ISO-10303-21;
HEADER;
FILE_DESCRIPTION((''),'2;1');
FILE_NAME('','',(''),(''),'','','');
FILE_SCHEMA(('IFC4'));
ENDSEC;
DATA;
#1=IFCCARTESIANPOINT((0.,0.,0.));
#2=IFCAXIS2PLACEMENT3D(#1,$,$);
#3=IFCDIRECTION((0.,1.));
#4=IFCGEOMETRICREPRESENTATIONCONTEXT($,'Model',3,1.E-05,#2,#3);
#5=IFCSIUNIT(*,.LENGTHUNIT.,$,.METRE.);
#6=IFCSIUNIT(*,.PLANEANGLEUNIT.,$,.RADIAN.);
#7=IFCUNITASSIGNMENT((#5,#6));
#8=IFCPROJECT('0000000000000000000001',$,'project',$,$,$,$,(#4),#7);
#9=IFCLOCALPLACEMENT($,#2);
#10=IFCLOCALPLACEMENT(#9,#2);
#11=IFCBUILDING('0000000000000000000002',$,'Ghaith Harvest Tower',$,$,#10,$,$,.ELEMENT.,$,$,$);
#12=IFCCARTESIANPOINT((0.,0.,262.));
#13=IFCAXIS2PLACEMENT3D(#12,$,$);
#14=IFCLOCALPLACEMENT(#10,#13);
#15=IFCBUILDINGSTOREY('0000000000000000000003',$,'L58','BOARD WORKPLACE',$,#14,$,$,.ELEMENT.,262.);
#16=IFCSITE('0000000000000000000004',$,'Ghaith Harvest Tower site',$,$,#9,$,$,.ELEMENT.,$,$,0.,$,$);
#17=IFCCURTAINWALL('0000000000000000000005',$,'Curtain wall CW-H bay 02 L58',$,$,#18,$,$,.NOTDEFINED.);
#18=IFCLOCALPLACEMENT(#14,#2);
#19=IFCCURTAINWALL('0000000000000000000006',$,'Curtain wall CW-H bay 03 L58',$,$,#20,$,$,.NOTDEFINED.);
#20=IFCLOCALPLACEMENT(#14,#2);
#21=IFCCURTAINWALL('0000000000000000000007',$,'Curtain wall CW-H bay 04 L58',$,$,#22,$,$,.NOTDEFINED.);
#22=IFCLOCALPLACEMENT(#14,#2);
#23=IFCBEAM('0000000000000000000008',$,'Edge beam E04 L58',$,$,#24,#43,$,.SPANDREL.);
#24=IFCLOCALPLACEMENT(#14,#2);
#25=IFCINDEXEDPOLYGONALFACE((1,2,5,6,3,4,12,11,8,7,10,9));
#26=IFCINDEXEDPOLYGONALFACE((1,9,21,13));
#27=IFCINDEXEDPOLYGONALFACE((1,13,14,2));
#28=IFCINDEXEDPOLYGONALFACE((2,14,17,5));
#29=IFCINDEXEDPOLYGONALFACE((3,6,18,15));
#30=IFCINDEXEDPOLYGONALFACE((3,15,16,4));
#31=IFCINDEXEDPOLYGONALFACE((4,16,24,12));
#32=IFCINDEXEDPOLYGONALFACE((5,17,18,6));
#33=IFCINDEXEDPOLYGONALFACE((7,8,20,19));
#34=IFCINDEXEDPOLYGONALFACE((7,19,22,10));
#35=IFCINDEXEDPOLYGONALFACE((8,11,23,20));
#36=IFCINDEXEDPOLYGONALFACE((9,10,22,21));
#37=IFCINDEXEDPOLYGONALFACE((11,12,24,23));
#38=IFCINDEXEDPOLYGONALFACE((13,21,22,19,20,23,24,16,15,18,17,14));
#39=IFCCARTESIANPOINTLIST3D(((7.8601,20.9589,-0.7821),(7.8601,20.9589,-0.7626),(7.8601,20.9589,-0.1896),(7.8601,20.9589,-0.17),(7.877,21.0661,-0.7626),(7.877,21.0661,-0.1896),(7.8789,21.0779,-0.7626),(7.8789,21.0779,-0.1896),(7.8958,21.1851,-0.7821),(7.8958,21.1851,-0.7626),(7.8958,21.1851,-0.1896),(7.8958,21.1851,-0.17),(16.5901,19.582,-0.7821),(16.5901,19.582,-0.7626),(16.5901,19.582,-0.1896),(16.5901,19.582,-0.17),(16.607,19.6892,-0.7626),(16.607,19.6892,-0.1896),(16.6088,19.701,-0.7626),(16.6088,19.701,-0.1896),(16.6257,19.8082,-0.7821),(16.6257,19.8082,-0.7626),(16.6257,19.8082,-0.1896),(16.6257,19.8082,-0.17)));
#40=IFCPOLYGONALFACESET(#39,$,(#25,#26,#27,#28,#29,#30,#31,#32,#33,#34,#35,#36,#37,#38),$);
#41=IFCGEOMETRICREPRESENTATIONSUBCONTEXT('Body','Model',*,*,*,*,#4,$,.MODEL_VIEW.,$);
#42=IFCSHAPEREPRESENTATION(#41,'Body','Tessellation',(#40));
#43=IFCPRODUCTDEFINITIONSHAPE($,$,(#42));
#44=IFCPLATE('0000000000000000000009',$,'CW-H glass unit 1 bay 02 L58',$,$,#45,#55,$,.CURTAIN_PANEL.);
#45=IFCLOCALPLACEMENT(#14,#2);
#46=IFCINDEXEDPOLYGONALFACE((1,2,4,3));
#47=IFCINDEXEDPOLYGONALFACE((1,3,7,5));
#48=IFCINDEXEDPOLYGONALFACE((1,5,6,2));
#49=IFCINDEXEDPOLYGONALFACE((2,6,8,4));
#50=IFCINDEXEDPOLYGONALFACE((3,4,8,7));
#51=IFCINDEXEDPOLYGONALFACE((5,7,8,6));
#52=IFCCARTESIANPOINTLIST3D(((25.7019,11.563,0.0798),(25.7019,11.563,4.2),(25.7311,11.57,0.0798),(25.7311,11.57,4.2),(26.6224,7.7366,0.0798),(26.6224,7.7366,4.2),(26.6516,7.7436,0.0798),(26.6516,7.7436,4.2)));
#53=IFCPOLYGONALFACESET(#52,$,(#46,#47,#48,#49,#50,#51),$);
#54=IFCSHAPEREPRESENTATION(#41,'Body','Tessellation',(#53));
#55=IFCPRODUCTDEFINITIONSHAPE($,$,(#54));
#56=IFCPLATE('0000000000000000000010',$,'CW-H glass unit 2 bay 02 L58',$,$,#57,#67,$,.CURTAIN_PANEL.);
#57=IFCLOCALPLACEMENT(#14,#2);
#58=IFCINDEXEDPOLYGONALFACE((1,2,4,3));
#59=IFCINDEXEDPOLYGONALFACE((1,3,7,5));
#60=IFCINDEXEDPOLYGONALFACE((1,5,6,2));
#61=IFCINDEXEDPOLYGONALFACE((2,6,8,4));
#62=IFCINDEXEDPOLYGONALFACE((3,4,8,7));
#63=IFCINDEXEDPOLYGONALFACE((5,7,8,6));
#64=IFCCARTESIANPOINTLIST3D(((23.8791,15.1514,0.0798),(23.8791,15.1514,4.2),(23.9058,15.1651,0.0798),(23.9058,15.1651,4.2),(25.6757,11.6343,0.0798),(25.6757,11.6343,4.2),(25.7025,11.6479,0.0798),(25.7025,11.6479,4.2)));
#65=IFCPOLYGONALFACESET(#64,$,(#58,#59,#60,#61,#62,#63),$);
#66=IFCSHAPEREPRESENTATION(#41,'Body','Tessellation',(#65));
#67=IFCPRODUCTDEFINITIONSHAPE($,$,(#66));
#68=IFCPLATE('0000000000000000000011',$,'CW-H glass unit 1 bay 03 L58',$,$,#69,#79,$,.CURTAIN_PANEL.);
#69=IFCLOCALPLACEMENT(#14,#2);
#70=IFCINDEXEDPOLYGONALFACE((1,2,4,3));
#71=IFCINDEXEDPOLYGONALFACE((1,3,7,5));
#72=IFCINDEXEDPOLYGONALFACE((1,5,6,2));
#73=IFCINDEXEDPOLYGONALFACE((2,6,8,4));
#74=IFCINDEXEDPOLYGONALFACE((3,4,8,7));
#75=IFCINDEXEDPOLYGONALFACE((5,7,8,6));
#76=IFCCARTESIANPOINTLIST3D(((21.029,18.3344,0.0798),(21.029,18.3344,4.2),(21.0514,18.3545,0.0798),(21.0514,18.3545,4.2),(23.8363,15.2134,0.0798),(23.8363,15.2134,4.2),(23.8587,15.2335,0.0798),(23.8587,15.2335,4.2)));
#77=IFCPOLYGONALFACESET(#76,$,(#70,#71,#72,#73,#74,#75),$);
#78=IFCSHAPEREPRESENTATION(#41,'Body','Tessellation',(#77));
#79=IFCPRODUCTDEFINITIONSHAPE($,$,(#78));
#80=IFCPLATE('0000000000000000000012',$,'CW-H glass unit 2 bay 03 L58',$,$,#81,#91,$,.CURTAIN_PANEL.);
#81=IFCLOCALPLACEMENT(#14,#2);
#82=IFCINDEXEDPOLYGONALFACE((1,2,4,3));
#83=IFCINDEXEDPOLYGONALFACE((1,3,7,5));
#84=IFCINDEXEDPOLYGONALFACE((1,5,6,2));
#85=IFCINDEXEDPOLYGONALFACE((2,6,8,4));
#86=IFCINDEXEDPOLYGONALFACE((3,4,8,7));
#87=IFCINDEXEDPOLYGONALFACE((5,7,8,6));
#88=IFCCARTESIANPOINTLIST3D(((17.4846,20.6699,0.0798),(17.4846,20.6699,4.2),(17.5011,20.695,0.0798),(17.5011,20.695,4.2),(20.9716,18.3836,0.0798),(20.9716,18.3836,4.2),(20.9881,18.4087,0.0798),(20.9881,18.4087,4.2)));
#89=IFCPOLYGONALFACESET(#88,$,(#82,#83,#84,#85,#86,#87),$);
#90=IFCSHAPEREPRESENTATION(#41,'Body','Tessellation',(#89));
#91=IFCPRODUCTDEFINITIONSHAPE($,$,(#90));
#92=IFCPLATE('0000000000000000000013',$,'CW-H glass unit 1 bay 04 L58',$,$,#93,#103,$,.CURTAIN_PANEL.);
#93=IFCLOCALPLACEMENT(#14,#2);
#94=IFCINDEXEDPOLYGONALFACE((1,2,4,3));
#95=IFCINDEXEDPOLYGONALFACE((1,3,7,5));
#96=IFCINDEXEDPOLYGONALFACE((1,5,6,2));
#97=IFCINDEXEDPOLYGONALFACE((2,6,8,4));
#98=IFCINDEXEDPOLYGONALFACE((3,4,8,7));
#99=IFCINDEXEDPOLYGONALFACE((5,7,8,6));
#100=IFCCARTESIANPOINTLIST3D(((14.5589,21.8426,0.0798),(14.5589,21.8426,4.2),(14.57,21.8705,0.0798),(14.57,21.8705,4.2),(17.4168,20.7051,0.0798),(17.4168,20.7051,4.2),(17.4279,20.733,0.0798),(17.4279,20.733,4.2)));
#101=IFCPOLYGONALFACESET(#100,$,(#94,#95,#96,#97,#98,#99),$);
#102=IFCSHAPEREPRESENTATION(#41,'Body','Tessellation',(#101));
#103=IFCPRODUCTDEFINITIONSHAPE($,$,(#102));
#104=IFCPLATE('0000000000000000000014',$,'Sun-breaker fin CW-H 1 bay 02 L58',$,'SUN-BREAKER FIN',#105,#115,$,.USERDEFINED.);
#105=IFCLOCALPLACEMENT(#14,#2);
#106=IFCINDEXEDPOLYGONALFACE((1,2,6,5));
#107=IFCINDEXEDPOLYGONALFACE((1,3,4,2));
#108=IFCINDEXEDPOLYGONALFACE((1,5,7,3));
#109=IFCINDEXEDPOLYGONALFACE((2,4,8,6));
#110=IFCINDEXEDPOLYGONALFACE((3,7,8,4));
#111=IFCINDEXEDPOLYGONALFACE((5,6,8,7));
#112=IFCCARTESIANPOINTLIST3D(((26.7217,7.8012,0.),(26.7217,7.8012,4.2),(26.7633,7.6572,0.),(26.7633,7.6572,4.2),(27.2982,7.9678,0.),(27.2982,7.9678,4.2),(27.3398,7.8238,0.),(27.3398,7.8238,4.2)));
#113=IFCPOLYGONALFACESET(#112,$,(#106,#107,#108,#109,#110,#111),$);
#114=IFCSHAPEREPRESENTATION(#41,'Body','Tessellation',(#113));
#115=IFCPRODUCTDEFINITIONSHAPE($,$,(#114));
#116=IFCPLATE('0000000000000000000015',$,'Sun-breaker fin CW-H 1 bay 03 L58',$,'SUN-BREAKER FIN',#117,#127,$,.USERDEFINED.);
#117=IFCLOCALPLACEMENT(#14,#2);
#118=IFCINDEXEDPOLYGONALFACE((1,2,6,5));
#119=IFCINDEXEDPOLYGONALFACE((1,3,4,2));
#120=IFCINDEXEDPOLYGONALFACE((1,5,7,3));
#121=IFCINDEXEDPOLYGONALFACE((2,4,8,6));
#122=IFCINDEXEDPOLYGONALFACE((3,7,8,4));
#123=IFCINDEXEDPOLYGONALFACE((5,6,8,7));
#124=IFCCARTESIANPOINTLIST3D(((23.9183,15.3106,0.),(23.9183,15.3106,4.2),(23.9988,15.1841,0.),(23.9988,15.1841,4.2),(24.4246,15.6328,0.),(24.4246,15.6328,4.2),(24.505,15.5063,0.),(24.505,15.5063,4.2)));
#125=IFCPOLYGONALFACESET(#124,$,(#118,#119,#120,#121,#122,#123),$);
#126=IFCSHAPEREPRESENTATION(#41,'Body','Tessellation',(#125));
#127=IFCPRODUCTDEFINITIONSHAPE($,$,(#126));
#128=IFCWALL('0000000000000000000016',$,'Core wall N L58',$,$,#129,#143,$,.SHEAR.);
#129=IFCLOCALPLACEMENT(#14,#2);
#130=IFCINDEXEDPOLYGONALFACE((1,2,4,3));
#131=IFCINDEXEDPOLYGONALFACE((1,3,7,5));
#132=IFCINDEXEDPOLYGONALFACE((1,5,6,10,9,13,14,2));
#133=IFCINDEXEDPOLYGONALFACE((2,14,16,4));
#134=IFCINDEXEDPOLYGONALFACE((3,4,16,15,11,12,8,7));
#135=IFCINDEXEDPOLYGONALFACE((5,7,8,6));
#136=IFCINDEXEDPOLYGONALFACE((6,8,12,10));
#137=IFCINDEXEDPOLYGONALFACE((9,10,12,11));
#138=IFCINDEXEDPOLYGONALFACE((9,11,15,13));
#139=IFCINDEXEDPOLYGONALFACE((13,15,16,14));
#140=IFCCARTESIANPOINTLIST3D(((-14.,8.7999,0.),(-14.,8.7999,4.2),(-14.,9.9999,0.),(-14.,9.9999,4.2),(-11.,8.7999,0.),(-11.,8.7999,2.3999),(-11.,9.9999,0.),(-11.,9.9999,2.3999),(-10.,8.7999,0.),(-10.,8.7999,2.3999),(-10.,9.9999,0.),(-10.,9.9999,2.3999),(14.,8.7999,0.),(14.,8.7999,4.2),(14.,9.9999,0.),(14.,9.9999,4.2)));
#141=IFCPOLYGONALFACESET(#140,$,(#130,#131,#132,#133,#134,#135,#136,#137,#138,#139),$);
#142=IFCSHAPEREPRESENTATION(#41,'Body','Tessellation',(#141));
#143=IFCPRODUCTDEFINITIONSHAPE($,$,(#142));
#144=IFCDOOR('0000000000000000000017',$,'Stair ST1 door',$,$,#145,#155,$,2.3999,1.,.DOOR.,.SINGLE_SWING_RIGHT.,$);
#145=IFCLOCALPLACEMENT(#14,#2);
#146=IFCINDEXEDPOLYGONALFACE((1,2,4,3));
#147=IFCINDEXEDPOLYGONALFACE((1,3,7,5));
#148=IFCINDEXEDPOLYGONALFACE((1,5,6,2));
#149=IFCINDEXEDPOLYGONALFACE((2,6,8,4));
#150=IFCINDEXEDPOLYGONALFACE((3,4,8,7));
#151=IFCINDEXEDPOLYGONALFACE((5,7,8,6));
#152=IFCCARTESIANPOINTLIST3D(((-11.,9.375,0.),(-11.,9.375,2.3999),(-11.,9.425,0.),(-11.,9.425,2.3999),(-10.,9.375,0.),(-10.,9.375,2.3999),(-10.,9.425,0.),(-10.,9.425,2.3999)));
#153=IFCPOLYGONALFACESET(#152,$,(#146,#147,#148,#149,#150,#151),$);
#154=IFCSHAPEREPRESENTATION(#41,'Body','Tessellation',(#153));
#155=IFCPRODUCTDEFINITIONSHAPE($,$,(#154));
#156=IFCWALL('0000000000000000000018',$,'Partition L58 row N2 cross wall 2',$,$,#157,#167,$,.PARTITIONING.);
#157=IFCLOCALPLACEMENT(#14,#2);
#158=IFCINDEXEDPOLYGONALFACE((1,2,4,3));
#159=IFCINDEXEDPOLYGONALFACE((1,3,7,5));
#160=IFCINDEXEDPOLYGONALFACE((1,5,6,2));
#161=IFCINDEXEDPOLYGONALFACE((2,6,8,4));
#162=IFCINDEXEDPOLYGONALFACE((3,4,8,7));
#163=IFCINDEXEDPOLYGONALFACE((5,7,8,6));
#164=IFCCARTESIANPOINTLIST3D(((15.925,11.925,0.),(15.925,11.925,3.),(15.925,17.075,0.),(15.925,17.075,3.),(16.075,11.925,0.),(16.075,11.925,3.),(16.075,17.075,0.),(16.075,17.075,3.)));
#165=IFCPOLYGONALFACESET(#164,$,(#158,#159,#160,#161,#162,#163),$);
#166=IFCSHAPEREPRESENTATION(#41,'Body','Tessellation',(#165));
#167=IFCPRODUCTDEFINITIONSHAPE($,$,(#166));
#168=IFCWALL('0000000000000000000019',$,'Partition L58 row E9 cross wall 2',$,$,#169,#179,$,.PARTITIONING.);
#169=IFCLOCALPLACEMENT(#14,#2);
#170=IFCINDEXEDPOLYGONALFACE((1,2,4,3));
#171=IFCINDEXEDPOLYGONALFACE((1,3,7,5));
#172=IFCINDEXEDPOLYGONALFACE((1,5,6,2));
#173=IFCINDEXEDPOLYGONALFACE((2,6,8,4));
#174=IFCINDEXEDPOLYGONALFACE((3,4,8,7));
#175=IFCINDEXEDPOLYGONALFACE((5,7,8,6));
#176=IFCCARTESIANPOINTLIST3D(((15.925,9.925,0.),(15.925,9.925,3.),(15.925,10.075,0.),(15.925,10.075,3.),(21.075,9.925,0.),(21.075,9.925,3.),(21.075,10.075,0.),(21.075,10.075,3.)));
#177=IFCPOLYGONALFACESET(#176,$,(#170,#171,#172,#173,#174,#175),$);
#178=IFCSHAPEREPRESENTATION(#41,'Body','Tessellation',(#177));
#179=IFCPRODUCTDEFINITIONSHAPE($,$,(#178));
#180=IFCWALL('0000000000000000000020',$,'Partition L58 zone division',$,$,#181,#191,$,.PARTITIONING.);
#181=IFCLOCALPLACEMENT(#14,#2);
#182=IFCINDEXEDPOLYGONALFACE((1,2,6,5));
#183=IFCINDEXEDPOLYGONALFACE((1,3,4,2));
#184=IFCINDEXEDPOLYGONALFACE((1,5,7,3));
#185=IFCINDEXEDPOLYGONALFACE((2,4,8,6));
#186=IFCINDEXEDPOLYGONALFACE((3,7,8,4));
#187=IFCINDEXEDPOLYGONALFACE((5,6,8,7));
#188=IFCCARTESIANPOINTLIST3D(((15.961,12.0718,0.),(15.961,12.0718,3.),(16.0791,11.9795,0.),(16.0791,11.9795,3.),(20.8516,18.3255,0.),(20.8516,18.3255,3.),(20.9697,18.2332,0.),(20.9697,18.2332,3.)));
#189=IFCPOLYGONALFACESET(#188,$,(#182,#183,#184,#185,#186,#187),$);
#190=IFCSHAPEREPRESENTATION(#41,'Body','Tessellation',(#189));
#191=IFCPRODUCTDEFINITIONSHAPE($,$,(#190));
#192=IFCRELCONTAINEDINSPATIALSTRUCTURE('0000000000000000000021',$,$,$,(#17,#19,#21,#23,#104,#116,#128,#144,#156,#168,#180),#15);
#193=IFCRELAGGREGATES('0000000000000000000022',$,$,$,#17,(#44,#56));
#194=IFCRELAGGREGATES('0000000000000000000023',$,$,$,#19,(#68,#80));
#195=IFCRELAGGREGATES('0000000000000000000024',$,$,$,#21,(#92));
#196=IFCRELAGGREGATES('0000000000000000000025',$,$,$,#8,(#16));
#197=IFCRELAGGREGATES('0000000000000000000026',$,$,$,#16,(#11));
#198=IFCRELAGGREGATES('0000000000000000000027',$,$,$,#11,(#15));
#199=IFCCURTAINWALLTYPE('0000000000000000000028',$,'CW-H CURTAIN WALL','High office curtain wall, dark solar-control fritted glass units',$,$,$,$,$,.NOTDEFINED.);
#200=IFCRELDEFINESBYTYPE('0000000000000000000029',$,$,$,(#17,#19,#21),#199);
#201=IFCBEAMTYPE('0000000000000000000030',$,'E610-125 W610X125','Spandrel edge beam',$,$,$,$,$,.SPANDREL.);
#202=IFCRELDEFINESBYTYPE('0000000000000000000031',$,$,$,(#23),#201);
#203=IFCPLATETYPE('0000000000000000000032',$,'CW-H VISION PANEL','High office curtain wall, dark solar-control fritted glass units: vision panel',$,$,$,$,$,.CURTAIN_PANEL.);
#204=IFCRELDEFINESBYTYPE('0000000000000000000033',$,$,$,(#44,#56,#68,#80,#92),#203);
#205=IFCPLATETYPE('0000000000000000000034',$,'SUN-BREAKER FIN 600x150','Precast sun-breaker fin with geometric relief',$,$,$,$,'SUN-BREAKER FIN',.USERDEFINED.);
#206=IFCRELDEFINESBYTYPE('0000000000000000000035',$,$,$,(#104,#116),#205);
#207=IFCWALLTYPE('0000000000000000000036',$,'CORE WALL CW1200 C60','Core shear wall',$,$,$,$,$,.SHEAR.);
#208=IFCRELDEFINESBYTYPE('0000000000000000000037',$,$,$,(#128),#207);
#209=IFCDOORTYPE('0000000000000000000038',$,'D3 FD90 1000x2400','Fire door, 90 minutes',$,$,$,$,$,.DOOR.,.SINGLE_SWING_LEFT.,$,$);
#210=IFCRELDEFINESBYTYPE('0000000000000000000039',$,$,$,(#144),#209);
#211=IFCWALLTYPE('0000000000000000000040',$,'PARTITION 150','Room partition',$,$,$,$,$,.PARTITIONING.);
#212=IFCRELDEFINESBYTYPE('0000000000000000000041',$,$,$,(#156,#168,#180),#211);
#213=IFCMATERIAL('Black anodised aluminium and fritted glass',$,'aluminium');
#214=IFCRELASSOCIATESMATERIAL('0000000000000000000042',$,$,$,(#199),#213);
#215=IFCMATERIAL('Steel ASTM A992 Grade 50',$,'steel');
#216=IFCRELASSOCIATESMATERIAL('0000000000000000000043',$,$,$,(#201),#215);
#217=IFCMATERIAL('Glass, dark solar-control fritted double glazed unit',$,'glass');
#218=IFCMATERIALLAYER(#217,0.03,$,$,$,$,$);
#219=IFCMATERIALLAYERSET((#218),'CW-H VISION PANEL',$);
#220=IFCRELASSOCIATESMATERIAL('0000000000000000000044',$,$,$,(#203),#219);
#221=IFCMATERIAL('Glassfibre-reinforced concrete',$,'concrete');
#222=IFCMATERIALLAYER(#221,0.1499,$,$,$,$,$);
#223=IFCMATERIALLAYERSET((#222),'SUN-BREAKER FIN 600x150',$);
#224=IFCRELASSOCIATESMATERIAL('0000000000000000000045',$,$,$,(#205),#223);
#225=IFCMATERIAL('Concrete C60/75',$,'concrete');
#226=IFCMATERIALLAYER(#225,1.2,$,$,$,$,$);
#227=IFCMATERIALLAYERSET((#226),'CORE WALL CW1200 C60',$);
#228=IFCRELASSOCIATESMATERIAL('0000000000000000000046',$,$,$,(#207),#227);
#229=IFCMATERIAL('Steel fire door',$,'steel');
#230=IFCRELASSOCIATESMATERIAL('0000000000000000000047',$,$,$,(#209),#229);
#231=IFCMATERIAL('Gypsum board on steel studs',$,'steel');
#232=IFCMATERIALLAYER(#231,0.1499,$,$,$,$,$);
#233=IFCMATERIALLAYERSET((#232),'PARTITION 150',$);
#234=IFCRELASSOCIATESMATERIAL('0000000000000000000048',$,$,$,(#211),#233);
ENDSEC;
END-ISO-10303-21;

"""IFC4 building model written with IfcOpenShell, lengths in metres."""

from ifc_helpers import new_model, si_unit, direction, frame, frame_2d, origin, origin_2d, place, context, subcontext, project, spatial, rectangle, i_section, extrude, material, layer, layer_set, material_profile, profile_set, type_object, element, fill, aggregate, save


model = new_model("IFC4")

# Units and contexts
model_context = context("Model", 3, precision=1e-05, world=origin(), true_north=direction((0.0, 1.0)))
body_context = subcontext(model_context, "Body", "Model", "MODEL_VIEW")
ifc_project = project(units=[si_unit("LENGTHUNIT", "METRE"), si_unit("PLANEANGLEUNIT", "RADIAN")], contexts=[model_context])

# Site, building, storey
site_placement = place(None, origin())
site = spatial("IfcSite", under=ifc_project, at=site_placement, Name="Ghaith Harvest Tower site", CompositionType="ELEMENT", RefElevation=0.0)
building_placement = place(site_placement, origin())
building = spatial("IfcBuilding", under=site, at=building_placement, Name="Ghaith Harvest Tower", CompositionType="ELEMENT")
storey_placement = place(building_placement, frame((0.0, 0.0, 262.0)))
storey = spatial("IfcBuildingStorey", under=building, at=storey_placement, Name="L58", Description="BOARD WORKPLACE", CompositionType="ELEMENT", Elevation=262.0)

# Curtain wall
ifc_material_1 = material(Name="Black anodised aluminium and fritted glass", Category="aluminium")
curtain_wall_type = type_object("IfcCurtainWallType", Name="CW-H CURTAIN WALL", Description="High office curtain wall, dark solar-control fritted glass units", PredefinedType="NOTDEFINED", material=ifc_material_1)
curtain_wall_1_placement = place(storey_placement, origin())
curtain_wall_1 = element("IfcCurtainWall", 1, at=curtain_wall_1_placement, inside=storey, type_object=curtain_wall_type, Name="Curtain wall CW-H bay 02 L58", PredefinedType="NOTDEFINED")

# Curtain walls
curtain_wall_2_placement = place(storey_placement, origin())
curtain_wall_2 = element("IfcCurtainWall", 2, at=curtain_wall_2_placement, inside=storey, type_object=curtain_wall_type, Name="Curtain wall CW-H bay 03 L58", PredefinedType="NOTDEFINED")
curtain_wall_3_placement = place(storey_placement, origin())
curtain_wall_3 = element("IfcCurtainWall", 3, at=curtain_wall_3_placement, inside=storey, type_object=curtain_wall_type, Name="Curtain wall CW-H bay 04 L58", PredefinedType="NOTDEFINED")

# Beam
ifc_material_2 = material(Name="Steel ASTM A992 Grade 50", Category="steel")
ifc_material_profile_1 = material_profile(ifc_material_2, i_section(OverallWidth=0.229, OverallDepth=0.6121, WebThickness=0.012, FlangeThickness=0.0195, at=origin_2d()), Name="W610X125")
ifc_profile_set_1 = profile_set([ifc_material_profile_1], Name="Steel ASTM A992 Grade 50")
beam_type = type_object("IfcBeamType", Name="E610-125 W610X125", Description="Spandrel edge beam", PredefinedType="SPANDREL", material=ifc_profile_set_1)
beam_1_placement = place(storey_placement, frame((16.6079, 19.6951, -0.4761), z_axis=(-0.987788, 0.155801, 0.0), x_axis=(-0.155801, -0.987788, 0.0)))
element("IfcBeam", 4, at=beam_1_placement, inside=storey, type_object=beam_type, Name="Edge beam E04 L58", PredefinedType="SPANDREL", context=body_context, shape_type="SweptSolid", body=[
    extrude(i_section(OverallWidth=0.229, OverallDepth=0.6121, WebThickness=0.012, FlangeThickness=0.0195, at=origin_2d()), origin(), (0.0, 0.0, 1.0), 8.8379),
])

# Plates
ifc_material_3 = material(Name="Glass, dark solar-control fritted double glazed unit", Category="glass")
ifc_layer_1 = layer(ifc_material_3, 0.03)
ifc_layer_set_1 = layer_set([ifc_layer_1], Name="CW-H VISION PANEL")
plate_type_1 = type_object("IfcPlateType", Name="CW-H VISION PANEL", Description="High office curtain wall, dark solar-control fritted glass units: vision panel", PredefinedType="CURTAIN_PANEL", material=ifc_layer_set_1)
plate_1_placement = place(storey_placement, frame((26.1768, 9.6533, 0.0798), z_axis=(0.0, 0.0, 1.0), x_axis=(-0.233894, 0.972262, 0.0)))
plate_1 = element("IfcPlate", 5, at=plate_1_placement, type_object=plate_type_1, Name="CW-H glass unit 1 bay 02 L58", PredefinedType="CURTAIN_PANEL", context=body_context, shape_type="SweptSolid", body=[
    extrude(rectangle(XDim=3.9355, YDim=0.03, at=origin_2d()), origin(), (0.0, 0.0, 1.0), 4.1201),
])
plate_2_placement = place(storey_placement, frame((24.7908, 13.3997, 0.0798), z_axis=(0.0, 0.0, 1.0), x_axis=(-0.454915, 0.890535, 0.0)))
plate_2 = element("IfcPlate", 6, at=plate_2_placement, type_object=plate_type_1, Name="CW-H glass unit 2 bay 02 L58", PredefinedType="CURTAIN_PANEL", context=body_context, shape_type="SweptSolid", body=[
    extrude(rectangle(XDim=3.9495, YDim=0.03, at=origin_2d()), origin(), (0.0, 0.0, 1.0), 4.1201),
])
aggregate(curtain_wall_1, [plate_1, plate_2])
plate_3_placement = place(storey_placement, frame((22.4438, 16.7839, 0.0798), z_axis=(0.0, 0.0, 1.0), x_axis=(-0.668758, 0.74348, 0.0)))
plate_3 = element("IfcPlate", 7, at=plate_3_placement, type_object=plate_type_1, Name="CW-H glass unit 1 bay 03 L58", PredefinedType="CURTAIN_PANEL", context=body_context, shape_type="SweptSolid", body=[
    extrude(rectangle(XDim=4.1978, YDim=0.03, at=origin_2d()), origin(), (0.0, 0.0, 1.0), 4.1201),
])
plate_4_placement = place(storey_placement, frame((19.2363, 19.5393, 0.0798), z_axis=(0.0, 0.0, 1.0), x_axis=(-0.836277, 0.548308, 0.0)))
plate_4 = element("IfcPlate", 8, at=plate_4_placement, type_object=plate_type_1, Name="CW-H glass unit 2 bay 03 L58", PredefinedType="CURTAIN_PANEL", context=body_context, shape_type="SweptSolid", body=[
    extrude(rectangle(XDim=4.1697, YDim=0.03, at=origin_2d()), origin(), (0.0, 0.0, 1.0), 4.1201),
])
aggregate(curtain_wall_2, [plate_3, plate_4])
plate_5_placement = place(storey_placement, frame((15.9934, 21.2878, 0.0798), z_axis=(0.0, 0.0, 1.0), x_axis=(-0.929107, 0.36981, 0.0)))
plate_5 = element("IfcPlate", 9, at=plate_5_placement, type_object=plate_type_1, Name="CW-H glass unit 1 bay 04 L58", PredefinedType="CURTAIN_PANEL", context=body_context, shape_type="SweptSolid", body=[
    extrude(rectangle(XDim=3.0759, YDim=0.03, at=origin_2d()), origin(), (0.0, 0.0, 1.0), 4.1201),
])
aggregate(curtain_wall_3, [plate_5])

# Plates
ifc_material_4 = material(Name="Glassfibre-reinforced concrete", Category="concrete")
ifc_layer_2 = layer(ifc_material_4, 0.1499)
ifc_layer_set_2 = layer_set([ifc_layer_2], Name="SUN-BREAKER FIN 600x150")
plate_type_2 = type_object("IfcPlateType", Name="SUN-BREAKER FIN 600x150", Description="Precast sun-breaker fin with geometric relief", ElementType="SUN-BREAKER FIN", PredefinedType="USERDEFINED", material=ifc_layer_set_2)
for number, where, z_axis, x_axis, name in (
    (10, (27.0308, 7.8125, 0.0), (0.0, 0.0, 1.0), (0.96068, 0.277657, 0.0), "Sun-breaker fin CW-H 1 bay 02 L58"),
    (11, (24.2117, 15.4084, 0.0), (0.0, 0.0, 1.0), (0.843644, 0.536903, 0.0), "Sun-breaker fin CW-H 1 bay 03 L58"),
):
    element("IfcPlate", number, at=place(storey_placement, frame(where, z_axis=z_axis, x_axis=x_axis)), inside=storey, type_object=plate_type_2, Name=name, ObjectType="SUN-BREAKER FIN", PredefinedType="USERDEFINED", context=body_context, shape_type="SweptSolid", body=[
        extrude(rectangle(XDim=0.6001, YDim=0.1499, at=origin_2d()), origin(), (0.0, 0.0, 1.0), 4.2),
    ])

# Wall, opening, door
ifc_material_5 = material(Name="Concrete C60/75", Category="concrete")
ifc_layer_3 = layer(ifc_material_5, 1.2)
ifc_layer_set_3 = layer_set([ifc_layer_3], Name="CORE WALL CW1200 C60")
wall_type_1 = type_object("IfcWallType", Name="CORE WALL CW1200 C60", Description="Core shear wall", PredefinedType="SHEAR", material=ifc_layer_set_3)
wall_1_placement = place(storey_placement, frame((14.0, 9.3999, 0.0), z_axis=(0.0, 0.0, 1.0), x_axis=(-1.0, 0.0, 0.0)))
wall_1 = element("IfcWall", 12, at=wall_1_placement, inside=storey, type_object=wall_type_1, Name="Core wall N L58", PredefinedType="SHEAR", context=body_context, shape_type="SweptSolid", body=[
    extrude(rectangle(XDim=28.0, YDim=1.2, at=frame_2d((14.0, 0.0))), origin(), (0.0, 0.0, 1.0), 4.2),
])
opening_placement = place(wall_1_placement, frame((24.0, 0.0, 0.0)))
opening = element("IfcOpeningElement", 13, at=opening_placement, cuts=wall_1, PredefinedType="OPENING", context=body_context, shape_type="SweptSolid", body=[
    extrude(rectangle(XDim=1.0, YDim=2.3999, at=frame_2d((0.5, 1.2))), frame((0.0, 0.6099, 0.0), z_axis=(0.0, -1.0, 0.0), x_axis=(1.0, 0.0, 0.0)), (0.0, 0.0, 1.0), 1.22),
])
ifc_material_6 = material(Name="Steel fire door", Category="steel")
door_type = type_object("IfcDoorType", Name="D3 FD90 1000x2400", Description="Fire door, 90 minutes", OperationType="SINGLE_SWING_LEFT", PredefinedType="DOOR", material=ifc_material_6)
door_placement = place(opening_placement, origin())
door = element("IfcDoor", 14, at=door_placement, inside=storey, type_object=door_type, Name="Stair ST1 door", OperationType="SINGLE_SWING_RIGHT", OverallHeight=2.3999, OverallWidth=1.0, PredefinedType="DOOR", context=body_context, shape_type="SweptSolid", body=[
    extrude(rectangle(XDim=1.0, YDim=2.3999, at=frame_2d((0.5, 1.2))), frame((0.0, 0.0249, 0.0), z_axis=(0.0, -1.0, 0.0), x_axis=(1.0, 0.0, 0.0)), (0.0, 0.0, 1.0), 0.05),
])
fill(opening, door)

# Walls
ifc_material_7 = material(Name="Gypsum board on steel studs", Category="steel")
ifc_layer_4 = layer(ifc_material_7, 0.1499)
ifc_layer_set_4 = layer_set([ifc_layer_4], Name="PARTITION 150")
wall_type_2 = type_object("IfcWallType", Name="PARTITION 150", Description="Room partition", PredefinedType="PARTITIONING", material=ifc_layer_set_4)
for number, where, z_axis, x_axis, name in (
    (15, (16.0, 11.925, 0.0), (0.0, 0.0, 1.0), (0.0, 1.0, 0.0), "Partition L58 row N2 cross wall 2"),
    (16, (15.925, 10.0, 0.0), (0.0, 0.0, 1.0), (1.0, 0.0, 0.0), "Partition L58 row E9 cross wall 2"),
):
    element("IfcWall", number, at=place(storey_placement, frame(where, z_axis=z_axis, x_axis=x_axis)), inside=storey, type_object=wall_type_2, Name=name, PredefinedType="PARTITIONING", context=body_context, shape_type="SweptSolid", body=[
        extrude(rectangle(XDim=5.1499, YDim=0.1499, at=frame_2d((2.575, 0.0))), origin(), (0.0, 0.0, 1.0), 3.0),
    ])
wall_2_placement = place(storey_placement, frame((16.02, 12.0256, 0.0), z_axis=(0.0, 0.0, 1.0), x_axis=(0.616031, 0.787722, 0.0)))
element("IfcWall", 17, at=wall_2_placement, inside=storey, type_object=wall_type_2, Name="Partition L58 zone division", PredefinedType="PARTITIONING", context=body_context, shape_type="SweptSolid", body=[
    extrude(rectangle(XDim=7.939, YDim=0.1499, at=frame_2d((3.9695, 0.0))), origin(), (0.0, 0.0, 1.0), 3.0),
])

save(model, "model.ifc")
